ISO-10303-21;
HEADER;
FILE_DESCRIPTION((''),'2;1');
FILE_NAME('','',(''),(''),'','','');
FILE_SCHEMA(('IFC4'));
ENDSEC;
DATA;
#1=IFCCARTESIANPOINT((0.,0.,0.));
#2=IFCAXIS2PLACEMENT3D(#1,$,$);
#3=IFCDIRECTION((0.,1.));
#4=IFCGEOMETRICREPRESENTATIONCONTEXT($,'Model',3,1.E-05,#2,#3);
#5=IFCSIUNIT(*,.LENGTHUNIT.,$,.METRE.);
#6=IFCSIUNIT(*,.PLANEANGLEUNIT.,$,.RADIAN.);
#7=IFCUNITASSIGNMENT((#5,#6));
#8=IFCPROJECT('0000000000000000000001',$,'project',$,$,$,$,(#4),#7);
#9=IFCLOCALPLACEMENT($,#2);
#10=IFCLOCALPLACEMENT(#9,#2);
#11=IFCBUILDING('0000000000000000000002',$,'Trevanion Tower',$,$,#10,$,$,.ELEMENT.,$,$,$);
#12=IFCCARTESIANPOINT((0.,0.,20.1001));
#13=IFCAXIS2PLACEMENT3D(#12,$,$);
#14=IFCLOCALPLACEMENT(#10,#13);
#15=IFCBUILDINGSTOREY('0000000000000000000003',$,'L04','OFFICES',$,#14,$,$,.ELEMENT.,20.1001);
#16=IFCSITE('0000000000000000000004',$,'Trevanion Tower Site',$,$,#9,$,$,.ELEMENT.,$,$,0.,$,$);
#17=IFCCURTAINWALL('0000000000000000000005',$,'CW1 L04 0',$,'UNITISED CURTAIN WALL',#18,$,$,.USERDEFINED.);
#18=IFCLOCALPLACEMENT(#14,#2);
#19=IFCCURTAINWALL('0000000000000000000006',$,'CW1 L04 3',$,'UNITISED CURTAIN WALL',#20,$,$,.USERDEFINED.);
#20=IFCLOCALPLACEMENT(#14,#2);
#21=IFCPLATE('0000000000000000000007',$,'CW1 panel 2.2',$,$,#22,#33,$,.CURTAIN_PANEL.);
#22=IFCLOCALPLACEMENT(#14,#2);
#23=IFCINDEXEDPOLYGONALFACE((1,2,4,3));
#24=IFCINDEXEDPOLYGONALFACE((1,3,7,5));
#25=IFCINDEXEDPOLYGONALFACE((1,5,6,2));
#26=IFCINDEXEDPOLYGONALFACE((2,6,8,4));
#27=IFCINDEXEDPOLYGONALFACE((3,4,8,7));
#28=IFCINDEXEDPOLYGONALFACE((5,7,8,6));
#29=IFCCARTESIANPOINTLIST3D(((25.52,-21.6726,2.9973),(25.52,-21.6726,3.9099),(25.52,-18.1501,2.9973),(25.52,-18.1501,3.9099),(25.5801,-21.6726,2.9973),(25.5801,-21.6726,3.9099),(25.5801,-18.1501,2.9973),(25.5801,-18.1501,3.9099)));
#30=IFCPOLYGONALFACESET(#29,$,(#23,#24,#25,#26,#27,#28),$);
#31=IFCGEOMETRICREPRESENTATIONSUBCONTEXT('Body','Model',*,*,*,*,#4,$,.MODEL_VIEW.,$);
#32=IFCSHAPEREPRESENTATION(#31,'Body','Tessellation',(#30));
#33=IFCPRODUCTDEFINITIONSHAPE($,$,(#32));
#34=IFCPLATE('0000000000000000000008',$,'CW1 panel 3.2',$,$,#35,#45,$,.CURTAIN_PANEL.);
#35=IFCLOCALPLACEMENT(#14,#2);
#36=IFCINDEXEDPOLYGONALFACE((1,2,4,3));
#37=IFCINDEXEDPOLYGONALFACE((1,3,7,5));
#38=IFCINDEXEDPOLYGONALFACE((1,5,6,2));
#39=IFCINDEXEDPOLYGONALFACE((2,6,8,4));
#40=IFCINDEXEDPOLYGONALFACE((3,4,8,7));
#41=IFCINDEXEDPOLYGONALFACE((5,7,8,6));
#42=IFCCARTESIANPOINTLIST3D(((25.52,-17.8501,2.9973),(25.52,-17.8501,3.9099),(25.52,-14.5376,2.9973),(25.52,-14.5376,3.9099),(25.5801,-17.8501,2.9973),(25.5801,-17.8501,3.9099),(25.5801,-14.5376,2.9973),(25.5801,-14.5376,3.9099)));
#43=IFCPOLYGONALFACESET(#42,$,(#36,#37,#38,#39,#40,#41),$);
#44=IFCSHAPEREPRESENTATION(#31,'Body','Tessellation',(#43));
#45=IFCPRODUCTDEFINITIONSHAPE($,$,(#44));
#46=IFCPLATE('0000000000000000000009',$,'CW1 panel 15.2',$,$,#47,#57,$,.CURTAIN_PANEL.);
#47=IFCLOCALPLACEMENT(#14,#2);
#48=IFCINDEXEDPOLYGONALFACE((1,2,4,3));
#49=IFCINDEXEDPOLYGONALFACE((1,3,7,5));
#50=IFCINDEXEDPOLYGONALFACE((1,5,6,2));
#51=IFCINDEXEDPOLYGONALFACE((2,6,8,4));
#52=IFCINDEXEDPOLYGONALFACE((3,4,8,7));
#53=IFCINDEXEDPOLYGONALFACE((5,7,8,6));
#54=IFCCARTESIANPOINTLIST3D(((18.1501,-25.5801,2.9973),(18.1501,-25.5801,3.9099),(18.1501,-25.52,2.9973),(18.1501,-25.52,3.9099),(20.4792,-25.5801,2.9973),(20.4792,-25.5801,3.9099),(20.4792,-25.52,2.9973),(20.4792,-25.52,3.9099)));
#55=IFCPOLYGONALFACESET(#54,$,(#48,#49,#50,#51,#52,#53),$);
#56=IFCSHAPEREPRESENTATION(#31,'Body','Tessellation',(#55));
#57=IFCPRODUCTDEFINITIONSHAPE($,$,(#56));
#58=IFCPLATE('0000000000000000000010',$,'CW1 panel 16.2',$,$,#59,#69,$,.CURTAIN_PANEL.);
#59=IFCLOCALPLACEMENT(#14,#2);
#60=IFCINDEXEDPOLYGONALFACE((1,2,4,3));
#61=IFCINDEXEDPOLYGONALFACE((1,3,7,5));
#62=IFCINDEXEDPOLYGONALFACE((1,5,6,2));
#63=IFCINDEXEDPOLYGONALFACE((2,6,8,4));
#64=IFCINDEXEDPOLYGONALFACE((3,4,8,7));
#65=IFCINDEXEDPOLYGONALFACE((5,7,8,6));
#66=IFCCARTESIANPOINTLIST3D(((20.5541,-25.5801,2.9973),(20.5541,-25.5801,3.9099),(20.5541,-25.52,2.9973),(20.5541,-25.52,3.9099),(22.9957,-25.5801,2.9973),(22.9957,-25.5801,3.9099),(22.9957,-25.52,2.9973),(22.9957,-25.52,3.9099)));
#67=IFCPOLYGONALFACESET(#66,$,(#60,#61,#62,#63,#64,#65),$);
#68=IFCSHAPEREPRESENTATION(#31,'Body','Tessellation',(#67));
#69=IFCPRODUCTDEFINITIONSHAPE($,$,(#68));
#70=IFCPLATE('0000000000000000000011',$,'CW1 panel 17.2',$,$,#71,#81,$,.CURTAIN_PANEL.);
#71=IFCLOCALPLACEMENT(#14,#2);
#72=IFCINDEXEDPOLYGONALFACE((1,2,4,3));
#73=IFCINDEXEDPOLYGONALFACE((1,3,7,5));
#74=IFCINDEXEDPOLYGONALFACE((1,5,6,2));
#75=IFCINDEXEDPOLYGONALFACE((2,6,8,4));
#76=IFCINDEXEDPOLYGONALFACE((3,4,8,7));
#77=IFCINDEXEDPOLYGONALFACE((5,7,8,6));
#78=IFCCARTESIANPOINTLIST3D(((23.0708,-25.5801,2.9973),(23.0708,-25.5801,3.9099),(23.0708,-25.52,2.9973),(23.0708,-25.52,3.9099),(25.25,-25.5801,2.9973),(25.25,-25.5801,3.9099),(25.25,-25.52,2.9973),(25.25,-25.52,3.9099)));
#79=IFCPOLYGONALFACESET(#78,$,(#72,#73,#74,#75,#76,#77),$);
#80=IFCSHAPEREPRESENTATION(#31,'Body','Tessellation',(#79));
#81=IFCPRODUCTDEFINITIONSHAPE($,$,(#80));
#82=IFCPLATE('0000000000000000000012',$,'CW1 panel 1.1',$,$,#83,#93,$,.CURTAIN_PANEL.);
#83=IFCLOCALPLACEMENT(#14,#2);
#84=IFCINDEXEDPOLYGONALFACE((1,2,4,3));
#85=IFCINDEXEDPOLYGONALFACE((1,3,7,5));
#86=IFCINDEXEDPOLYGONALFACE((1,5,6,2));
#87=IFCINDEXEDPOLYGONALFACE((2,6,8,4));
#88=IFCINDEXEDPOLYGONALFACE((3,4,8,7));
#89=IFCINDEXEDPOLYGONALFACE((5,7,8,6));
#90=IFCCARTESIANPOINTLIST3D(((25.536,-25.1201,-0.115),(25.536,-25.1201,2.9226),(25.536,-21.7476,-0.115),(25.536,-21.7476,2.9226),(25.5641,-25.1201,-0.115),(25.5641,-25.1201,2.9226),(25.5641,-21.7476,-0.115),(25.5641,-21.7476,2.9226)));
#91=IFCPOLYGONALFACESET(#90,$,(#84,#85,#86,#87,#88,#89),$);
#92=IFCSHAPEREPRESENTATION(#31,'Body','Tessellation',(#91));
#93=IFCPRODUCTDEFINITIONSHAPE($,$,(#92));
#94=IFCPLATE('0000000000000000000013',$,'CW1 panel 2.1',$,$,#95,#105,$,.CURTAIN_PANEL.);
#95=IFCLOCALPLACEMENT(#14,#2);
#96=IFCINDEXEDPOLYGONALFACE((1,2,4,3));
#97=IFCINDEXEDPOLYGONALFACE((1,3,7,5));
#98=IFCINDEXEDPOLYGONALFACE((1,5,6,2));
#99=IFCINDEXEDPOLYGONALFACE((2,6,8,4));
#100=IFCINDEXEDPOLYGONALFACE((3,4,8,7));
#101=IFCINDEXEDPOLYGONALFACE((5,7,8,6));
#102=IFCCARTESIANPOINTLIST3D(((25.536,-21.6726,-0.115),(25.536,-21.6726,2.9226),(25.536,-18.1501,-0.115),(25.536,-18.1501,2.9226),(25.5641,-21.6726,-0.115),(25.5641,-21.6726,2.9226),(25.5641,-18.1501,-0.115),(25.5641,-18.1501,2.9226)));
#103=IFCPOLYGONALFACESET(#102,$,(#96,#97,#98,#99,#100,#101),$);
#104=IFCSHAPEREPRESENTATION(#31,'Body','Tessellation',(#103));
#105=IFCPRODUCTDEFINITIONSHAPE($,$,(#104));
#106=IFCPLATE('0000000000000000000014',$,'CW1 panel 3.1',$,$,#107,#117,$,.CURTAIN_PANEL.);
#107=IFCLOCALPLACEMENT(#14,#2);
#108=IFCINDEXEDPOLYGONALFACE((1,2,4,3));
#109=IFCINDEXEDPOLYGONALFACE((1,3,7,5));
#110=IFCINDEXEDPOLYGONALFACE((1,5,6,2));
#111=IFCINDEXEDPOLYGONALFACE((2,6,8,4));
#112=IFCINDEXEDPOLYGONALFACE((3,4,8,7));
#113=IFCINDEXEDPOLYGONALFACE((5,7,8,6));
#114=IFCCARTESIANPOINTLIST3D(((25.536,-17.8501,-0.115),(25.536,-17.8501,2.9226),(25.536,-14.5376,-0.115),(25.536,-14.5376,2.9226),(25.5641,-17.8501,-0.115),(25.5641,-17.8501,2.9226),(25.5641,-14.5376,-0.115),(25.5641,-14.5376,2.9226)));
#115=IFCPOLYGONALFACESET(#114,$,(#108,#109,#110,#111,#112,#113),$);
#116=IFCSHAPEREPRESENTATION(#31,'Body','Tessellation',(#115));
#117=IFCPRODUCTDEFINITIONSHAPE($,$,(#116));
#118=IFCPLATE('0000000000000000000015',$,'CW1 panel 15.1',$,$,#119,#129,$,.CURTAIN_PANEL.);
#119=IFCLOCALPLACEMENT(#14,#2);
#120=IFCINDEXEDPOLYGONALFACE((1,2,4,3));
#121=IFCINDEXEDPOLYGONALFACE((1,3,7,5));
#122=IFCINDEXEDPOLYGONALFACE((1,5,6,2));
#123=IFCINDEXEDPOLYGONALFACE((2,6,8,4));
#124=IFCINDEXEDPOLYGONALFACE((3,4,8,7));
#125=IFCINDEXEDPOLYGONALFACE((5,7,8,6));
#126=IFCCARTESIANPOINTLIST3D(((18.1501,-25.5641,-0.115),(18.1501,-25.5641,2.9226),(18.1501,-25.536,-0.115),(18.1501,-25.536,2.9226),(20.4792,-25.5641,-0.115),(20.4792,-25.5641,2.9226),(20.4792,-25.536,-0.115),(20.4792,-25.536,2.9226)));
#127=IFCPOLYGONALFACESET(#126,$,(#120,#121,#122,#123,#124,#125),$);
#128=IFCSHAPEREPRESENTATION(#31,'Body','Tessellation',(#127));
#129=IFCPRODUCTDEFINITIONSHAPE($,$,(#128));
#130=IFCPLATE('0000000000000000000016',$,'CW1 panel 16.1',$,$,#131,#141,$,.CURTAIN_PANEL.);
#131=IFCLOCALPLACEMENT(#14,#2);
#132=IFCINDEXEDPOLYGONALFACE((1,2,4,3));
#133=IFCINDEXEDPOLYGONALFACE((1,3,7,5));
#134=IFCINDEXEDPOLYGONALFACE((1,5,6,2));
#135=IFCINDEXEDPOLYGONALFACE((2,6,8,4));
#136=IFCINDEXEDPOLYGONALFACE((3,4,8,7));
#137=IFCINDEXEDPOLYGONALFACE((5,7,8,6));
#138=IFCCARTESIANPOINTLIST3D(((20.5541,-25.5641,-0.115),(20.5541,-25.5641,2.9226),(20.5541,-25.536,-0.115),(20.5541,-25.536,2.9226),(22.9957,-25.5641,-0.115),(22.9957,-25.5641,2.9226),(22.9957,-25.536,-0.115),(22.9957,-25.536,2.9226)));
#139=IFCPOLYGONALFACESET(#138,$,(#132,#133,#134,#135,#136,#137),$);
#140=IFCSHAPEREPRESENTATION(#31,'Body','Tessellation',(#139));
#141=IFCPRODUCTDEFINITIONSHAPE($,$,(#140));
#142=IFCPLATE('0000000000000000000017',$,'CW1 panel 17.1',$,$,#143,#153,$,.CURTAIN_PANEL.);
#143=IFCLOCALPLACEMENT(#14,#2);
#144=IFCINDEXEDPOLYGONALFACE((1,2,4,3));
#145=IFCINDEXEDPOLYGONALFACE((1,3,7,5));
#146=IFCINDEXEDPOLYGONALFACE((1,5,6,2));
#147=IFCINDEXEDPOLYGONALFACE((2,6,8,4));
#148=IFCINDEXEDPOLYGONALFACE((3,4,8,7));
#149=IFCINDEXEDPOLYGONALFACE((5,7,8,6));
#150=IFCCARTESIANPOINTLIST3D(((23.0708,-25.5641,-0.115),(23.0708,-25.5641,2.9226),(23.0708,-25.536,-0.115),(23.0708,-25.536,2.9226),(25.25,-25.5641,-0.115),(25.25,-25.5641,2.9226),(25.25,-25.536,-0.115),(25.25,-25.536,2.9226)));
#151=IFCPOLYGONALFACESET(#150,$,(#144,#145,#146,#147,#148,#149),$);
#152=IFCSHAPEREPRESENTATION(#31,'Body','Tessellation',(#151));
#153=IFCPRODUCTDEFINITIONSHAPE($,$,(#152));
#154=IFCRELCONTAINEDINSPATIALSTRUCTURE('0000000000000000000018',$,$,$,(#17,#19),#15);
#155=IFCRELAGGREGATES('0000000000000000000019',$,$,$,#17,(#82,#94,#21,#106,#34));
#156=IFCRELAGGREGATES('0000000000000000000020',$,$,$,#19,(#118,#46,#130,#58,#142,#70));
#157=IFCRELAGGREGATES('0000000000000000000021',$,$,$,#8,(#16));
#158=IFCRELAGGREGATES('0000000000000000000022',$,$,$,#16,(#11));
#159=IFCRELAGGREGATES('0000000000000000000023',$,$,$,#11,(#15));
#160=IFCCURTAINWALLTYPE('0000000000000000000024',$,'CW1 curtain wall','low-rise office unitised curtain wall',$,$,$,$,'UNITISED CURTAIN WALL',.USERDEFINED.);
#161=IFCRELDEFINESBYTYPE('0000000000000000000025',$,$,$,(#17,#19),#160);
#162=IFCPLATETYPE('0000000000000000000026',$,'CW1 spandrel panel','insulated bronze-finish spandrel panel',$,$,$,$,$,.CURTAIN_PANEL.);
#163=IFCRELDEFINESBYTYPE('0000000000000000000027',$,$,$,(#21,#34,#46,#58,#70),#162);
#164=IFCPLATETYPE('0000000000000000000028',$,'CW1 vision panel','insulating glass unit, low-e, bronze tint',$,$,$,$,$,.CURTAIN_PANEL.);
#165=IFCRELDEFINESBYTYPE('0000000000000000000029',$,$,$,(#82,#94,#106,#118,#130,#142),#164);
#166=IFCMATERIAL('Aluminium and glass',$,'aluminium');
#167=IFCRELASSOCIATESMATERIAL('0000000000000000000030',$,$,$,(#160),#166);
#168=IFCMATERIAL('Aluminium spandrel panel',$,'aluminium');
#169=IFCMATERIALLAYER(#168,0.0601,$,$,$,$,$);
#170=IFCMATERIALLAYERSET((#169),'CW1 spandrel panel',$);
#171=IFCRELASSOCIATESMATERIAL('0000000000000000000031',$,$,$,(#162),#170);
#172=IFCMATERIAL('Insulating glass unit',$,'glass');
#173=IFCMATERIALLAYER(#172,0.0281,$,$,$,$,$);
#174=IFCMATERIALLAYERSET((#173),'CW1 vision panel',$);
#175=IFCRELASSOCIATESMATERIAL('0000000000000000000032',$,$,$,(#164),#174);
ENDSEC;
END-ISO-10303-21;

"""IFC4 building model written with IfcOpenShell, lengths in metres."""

from ifc_helpers import new_model, si_unit, direction, frame, origin, origin_2d, place, context, subcontext, project, spatial, rectangle, extrude, material, layer, layer_set, type_object, element, aggregate, save


model = new_model("IFC4")

# Units and contexts
model_context = context("Model", 3, precision=1e-05, world=origin(), true_north=direction((0.0, 1.0)))
body_context = subcontext(model_context, "Body", "Model", "MODEL_VIEW")
ifc_project = project(units=[si_unit("LENGTHUNIT", "METRE"), si_unit("PLANEANGLEUNIT", "RADIAN")], contexts=[model_context])

# Site, building, storey
site_placement = place(None, origin())
site = spatial("IfcSite", under=ifc_project, at=site_placement, Name="Trevanion Tower Site", CompositionType="ELEMENT", RefElevation=0.0)
building_placement = place(site_placement, origin())
building = spatial("IfcBuilding", under=site, at=building_placement, Name="Trevanion Tower", CompositionType="ELEMENT")
storey_placement = place(building_placement, frame((0.0, 0.0, 20.1001)))
storey = spatial("IfcBuildingStorey", under=building, at=storey_placement, Name="L04", Description="OFFICES", CompositionType="ELEMENT", Elevation=20.1001)

# Curtain wall
ifc_material_1 = material(Name="Aluminium and glass", Category="aluminium")
curtain_wall_type = type_object("IfcCurtainWallType", Name="CW1 curtain wall", Description="low-rise office unitised curtain wall", ElementType="UNITISED CURTAIN WALL", PredefinedType="USERDEFINED", material=ifc_material_1)
curtain_wall_1_placement = place(storey_placement, origin())
curtain_wall_1 = element("IfcCurtainWall", 1, at=curtain_wall_1_placement, inside=storey, type_object=curtain_wall_type, Name="CW1 L04 0", ObjectType="UNITISED CURTAIN WALL", PredefinedType="USERDEFINED")

# Curtain wall
curtain_wall_2_placement = place(storey_placement, origin())
curtain_wall_2 = element("IfcCurtainWall", 2, at=curtain_wall_2_placement, inside=storey, type_object=curtain_wall_type, Name="CW1 L04 3", ObjectType="UNITISED CURTAIN WALL", PredefinedType="USERDEFINED")

# Plates
ifc_material_2 = material(Name="Aluminium spandrel panel", Category="aluminium")
ifc_layer_1 = layer(ifc_material_2, 0.0601)
ifc_layer_set_1 = layer_set([ifc_layer_1], Name="CW1 spandrel panel")
plate_type_1 = type_object("IfcPlateType", Name="CW1 spandrel panel", Description="insulated bronze-finish spandrel panel", PredefinedType="CURTAIN_PANEL", material=ifc_layer_set_1)
plate_1_placement = place(storey_placement, frame((25.55, -19.9114, 2.9973), z_axis=(0.0, 0.0, 1.0), x_axis=(0.0, 1.0, 0.0)))
plate_1 = element("IfcPlate", 3, at=plate_1_placement, type_object=plate_type_1, Name="CW1 panel 2.2", PredefinedType="CURTAIN_PANEL", context=body_context, shape_type="SweptSolid", body=[
    extrude(rectangle(XDim=3.5225, YDim=0.0601, at=origin_2d()), origin(), (0.0, 0.0, 1.0), 0.9126),
])
plate_2_placement = place(storey_placement, frame((25.55, -16.1938, 2.9973), z_axis=(0.0, 0.0, 1.0), x_axis=(0.0, 1.0, 0.0)))
plate_2 = element("IfcPlate", 4, at=plate_2_placement, type_object=plate_type_1, Name="CW1 panel 3.2", PredefinedType="CURTAIN_PANEL", context=body_context, shape_type="SweptSolid", body=[
    extrude(rectangle(XDim=3.3125, YDim=0.0601, at=origin_2d()), origin(), (0.0, 0.0, 1.0), 0.9126),
])
plate_3_placement = place(storey_placement, frame((19.3147, -25.55, 2.9973), z_axis=(0.0, 0.0, 1.0), x_axis=(1.0, 0.0, 0.0)))
plate_3 = element("IfcPlate", 5, at=plate_3_placement, type_object=plate_type_1, Name="CW1 panel 15.2", PredefinedType="CURTAIN_PANEL", context=body_context, shape_type="SweptSolid", body=[
    extrude(rectangle(XDim=2.3291, YDim=0.0601, at=origin_2d()), origin(), (0.0, 0.0, 1.0), 0.9126),
])
plate_4_placement = place(storey_placement, frame((21.7749, -25.55, 2.9973), z_axis=(0.0, 0.0, 1.0), x_axis=(1.0, 0.0, 0.0)))
plate_4 = element("IfcPlate", 6, at=plate_4_placement, type_object=plate_type_1, Name="CW1 panel 16.2", PredefinedType="CURTAIN_PANEL", context=body_context, shape_type="SweptSolid", body=[
    extrude(rectangle(XDim=2.4417, YDim=0.0601, at=origin_2d()), origin(), (0.0, 0.0, 1.0), 0.9126),
])
plate_5_placement = place(storey_placement, frame((24.1604, -25.55, 2.9973), z_axis=(0.0, 0.0, 1.0), x_axis=(1.0, 0.0, 0.0)))
plate_5 = element("IfcPlate", 7, at=plate_5_placement, type_object=plate_type_1, Name="CW1 panel 17.2", PredefinedType="CURTAIN_PANEL", context=body_context, shape_type="SweptSolid", body=[
    extrude(rectangle(XDim=2.1792, YDim=0.0601, at=origin_2d()), origin(), (0.0, 0.0, 1.0), 0.9126),
])
ifc_material_3 = material(Name="Insulating glass unit", Category="glass")
ifc_layer_2 = layer(ifc_material_3, 0.0281)
ifc_layer_set_2 = layer_set([ifc_layer_2], Name="CW1 vision panel")
plate_type_2 = type_object("IfcPlateType", Name="CW1 vision panel", Description="insulating glass unit, low-e, bronze tint", PredefinedType="CURTAIN_PANEL", material=ifc_layer_set_2)
plate_6_placement = place(storey_placement, frame((25.55, -23.4338, -0.115), z_axis=(0.0, 0.0, 1.0), x_axis=(0.0, 1.0, 0.0)))
plate_6 = element("IfcPlate", 8, at=plate_6_placement, type_object=plate_type_2, Name="CW1 panel 1.1", PredefinedType="CURTAIN_PANEL", context=body_context, shape_type="SweptSolid", body=[
    extrude(rectangle(XDim=3.3726, YDim=0.0281, at=origin_2d()), origin(), (0.0, 0.0, 1.0), 3.0376),
])
plate_7_placement = place(storey_placement, frame((25.55, -19.9114, -0.115), z_axis=(0.0, 0.0, 1.0), x_axis=(0.0, 1.0, 0.0)))
plate_7 = element("IfcPlate", 9, at=plate_7_placement, type_object=plate_type_2, Name="CW1 panel 2.1", PredefinedType="CURTAIN_PANEL", context=body_context, shape_type="SweptSolid", body=[
    extrude(rectangle(XDim=3.5225, YDim=0.0281, at=origin_2d()), origin(), (0.0, 0.0, 1.0), 3.0376),
])
plate_8_placement = place(storey_placement, frame((25.55, -16.1938, -0.115), z_axis=(0.0, 0.0, 1.0), x_axis=(0.0, 1.0, 0.0)))
plate_8 = element("IfcPlate", 10, at=plate_8_placement, type_object=plate_type_2, Name="CW1 panel 3.1", PredefinedType="CURTAIN_PANEL", context=body_context, shape_type="SweptSolid", body=[
    extrude(rectangle(XDim=3.3125, YDim=0.0281, at=origin_2d()), origin(), (0.0, 0.0, 1.0), 3.0376),
])
aggregate(curtain_wall_1, [plate_6, plate_7, plate_1, plate_8, plate_2])
plate_9_placement = place(storey_placement, frame((19.3147, -25.55, -0.115), z_axis=(0.0, 0.0, 1.0), x_axis=(1.0, 0.0, 0.0)))
plate_9 = element("IfcPlate", 11, at=plate_9_placement, type_object=plate_type_2, Name="CW1 panel 15.1", PredefinedType="CURTAIN_PANEL", context=body_context, shape_type="SweptSolid", body=[
    extrude(rectangle(XDim=2.3291, YDim=0.0281, at=origin_2d()), origin(), (0.0, 0.0, 1.0), 3.0376),
])
plate_10_placement = place(storey_placement, frame((21.7749, -25.55, -0.115), z_axis=(0.0, 0.0, 1.0), x_axis=(1.0, 0.0, 0.0)))
plate_10 = element("IfcPlate", 12, at=plate_10_placement, type_object=plate_type_2, Name="CW1 panel 16.1", PredefinedType="CURTAIN_PANEL", context=body_context, shape_type="SweptSolid", body=[
    extrude(rectangle(XDim=2.4417, YDim=0.0281, at=origin_2d()), origin(), (0.0, 0.0, 1.0), 3.0376),
])
plate_11_placement = place(storey_placement, frame((24.1604, -25.55, -0.115), z_axis=(0.0, 0.0, 1.0), x_axis=(1.0, 0.0, 0.0)))
plate_11 = element("IfcPlate", 13, at=plate_11_placement, type_object=plate_type_2, Name="CW1 panel 17.1", PredefinedType="CURTAIN_PANEL", context=body_context, shape_type="SweptSolid", body=[
    extrude(rectangle(XDim=2.1792, YDim=0.0281, at=origin_2d()), origin(), (0.0, 0.0, 1.0), 3.0376),
])
aggregate(curtain_wall_2, [plate_9, plate_3, plate_10, plate_4, plate_11, plate_5])

save(model, "model.ifc")
